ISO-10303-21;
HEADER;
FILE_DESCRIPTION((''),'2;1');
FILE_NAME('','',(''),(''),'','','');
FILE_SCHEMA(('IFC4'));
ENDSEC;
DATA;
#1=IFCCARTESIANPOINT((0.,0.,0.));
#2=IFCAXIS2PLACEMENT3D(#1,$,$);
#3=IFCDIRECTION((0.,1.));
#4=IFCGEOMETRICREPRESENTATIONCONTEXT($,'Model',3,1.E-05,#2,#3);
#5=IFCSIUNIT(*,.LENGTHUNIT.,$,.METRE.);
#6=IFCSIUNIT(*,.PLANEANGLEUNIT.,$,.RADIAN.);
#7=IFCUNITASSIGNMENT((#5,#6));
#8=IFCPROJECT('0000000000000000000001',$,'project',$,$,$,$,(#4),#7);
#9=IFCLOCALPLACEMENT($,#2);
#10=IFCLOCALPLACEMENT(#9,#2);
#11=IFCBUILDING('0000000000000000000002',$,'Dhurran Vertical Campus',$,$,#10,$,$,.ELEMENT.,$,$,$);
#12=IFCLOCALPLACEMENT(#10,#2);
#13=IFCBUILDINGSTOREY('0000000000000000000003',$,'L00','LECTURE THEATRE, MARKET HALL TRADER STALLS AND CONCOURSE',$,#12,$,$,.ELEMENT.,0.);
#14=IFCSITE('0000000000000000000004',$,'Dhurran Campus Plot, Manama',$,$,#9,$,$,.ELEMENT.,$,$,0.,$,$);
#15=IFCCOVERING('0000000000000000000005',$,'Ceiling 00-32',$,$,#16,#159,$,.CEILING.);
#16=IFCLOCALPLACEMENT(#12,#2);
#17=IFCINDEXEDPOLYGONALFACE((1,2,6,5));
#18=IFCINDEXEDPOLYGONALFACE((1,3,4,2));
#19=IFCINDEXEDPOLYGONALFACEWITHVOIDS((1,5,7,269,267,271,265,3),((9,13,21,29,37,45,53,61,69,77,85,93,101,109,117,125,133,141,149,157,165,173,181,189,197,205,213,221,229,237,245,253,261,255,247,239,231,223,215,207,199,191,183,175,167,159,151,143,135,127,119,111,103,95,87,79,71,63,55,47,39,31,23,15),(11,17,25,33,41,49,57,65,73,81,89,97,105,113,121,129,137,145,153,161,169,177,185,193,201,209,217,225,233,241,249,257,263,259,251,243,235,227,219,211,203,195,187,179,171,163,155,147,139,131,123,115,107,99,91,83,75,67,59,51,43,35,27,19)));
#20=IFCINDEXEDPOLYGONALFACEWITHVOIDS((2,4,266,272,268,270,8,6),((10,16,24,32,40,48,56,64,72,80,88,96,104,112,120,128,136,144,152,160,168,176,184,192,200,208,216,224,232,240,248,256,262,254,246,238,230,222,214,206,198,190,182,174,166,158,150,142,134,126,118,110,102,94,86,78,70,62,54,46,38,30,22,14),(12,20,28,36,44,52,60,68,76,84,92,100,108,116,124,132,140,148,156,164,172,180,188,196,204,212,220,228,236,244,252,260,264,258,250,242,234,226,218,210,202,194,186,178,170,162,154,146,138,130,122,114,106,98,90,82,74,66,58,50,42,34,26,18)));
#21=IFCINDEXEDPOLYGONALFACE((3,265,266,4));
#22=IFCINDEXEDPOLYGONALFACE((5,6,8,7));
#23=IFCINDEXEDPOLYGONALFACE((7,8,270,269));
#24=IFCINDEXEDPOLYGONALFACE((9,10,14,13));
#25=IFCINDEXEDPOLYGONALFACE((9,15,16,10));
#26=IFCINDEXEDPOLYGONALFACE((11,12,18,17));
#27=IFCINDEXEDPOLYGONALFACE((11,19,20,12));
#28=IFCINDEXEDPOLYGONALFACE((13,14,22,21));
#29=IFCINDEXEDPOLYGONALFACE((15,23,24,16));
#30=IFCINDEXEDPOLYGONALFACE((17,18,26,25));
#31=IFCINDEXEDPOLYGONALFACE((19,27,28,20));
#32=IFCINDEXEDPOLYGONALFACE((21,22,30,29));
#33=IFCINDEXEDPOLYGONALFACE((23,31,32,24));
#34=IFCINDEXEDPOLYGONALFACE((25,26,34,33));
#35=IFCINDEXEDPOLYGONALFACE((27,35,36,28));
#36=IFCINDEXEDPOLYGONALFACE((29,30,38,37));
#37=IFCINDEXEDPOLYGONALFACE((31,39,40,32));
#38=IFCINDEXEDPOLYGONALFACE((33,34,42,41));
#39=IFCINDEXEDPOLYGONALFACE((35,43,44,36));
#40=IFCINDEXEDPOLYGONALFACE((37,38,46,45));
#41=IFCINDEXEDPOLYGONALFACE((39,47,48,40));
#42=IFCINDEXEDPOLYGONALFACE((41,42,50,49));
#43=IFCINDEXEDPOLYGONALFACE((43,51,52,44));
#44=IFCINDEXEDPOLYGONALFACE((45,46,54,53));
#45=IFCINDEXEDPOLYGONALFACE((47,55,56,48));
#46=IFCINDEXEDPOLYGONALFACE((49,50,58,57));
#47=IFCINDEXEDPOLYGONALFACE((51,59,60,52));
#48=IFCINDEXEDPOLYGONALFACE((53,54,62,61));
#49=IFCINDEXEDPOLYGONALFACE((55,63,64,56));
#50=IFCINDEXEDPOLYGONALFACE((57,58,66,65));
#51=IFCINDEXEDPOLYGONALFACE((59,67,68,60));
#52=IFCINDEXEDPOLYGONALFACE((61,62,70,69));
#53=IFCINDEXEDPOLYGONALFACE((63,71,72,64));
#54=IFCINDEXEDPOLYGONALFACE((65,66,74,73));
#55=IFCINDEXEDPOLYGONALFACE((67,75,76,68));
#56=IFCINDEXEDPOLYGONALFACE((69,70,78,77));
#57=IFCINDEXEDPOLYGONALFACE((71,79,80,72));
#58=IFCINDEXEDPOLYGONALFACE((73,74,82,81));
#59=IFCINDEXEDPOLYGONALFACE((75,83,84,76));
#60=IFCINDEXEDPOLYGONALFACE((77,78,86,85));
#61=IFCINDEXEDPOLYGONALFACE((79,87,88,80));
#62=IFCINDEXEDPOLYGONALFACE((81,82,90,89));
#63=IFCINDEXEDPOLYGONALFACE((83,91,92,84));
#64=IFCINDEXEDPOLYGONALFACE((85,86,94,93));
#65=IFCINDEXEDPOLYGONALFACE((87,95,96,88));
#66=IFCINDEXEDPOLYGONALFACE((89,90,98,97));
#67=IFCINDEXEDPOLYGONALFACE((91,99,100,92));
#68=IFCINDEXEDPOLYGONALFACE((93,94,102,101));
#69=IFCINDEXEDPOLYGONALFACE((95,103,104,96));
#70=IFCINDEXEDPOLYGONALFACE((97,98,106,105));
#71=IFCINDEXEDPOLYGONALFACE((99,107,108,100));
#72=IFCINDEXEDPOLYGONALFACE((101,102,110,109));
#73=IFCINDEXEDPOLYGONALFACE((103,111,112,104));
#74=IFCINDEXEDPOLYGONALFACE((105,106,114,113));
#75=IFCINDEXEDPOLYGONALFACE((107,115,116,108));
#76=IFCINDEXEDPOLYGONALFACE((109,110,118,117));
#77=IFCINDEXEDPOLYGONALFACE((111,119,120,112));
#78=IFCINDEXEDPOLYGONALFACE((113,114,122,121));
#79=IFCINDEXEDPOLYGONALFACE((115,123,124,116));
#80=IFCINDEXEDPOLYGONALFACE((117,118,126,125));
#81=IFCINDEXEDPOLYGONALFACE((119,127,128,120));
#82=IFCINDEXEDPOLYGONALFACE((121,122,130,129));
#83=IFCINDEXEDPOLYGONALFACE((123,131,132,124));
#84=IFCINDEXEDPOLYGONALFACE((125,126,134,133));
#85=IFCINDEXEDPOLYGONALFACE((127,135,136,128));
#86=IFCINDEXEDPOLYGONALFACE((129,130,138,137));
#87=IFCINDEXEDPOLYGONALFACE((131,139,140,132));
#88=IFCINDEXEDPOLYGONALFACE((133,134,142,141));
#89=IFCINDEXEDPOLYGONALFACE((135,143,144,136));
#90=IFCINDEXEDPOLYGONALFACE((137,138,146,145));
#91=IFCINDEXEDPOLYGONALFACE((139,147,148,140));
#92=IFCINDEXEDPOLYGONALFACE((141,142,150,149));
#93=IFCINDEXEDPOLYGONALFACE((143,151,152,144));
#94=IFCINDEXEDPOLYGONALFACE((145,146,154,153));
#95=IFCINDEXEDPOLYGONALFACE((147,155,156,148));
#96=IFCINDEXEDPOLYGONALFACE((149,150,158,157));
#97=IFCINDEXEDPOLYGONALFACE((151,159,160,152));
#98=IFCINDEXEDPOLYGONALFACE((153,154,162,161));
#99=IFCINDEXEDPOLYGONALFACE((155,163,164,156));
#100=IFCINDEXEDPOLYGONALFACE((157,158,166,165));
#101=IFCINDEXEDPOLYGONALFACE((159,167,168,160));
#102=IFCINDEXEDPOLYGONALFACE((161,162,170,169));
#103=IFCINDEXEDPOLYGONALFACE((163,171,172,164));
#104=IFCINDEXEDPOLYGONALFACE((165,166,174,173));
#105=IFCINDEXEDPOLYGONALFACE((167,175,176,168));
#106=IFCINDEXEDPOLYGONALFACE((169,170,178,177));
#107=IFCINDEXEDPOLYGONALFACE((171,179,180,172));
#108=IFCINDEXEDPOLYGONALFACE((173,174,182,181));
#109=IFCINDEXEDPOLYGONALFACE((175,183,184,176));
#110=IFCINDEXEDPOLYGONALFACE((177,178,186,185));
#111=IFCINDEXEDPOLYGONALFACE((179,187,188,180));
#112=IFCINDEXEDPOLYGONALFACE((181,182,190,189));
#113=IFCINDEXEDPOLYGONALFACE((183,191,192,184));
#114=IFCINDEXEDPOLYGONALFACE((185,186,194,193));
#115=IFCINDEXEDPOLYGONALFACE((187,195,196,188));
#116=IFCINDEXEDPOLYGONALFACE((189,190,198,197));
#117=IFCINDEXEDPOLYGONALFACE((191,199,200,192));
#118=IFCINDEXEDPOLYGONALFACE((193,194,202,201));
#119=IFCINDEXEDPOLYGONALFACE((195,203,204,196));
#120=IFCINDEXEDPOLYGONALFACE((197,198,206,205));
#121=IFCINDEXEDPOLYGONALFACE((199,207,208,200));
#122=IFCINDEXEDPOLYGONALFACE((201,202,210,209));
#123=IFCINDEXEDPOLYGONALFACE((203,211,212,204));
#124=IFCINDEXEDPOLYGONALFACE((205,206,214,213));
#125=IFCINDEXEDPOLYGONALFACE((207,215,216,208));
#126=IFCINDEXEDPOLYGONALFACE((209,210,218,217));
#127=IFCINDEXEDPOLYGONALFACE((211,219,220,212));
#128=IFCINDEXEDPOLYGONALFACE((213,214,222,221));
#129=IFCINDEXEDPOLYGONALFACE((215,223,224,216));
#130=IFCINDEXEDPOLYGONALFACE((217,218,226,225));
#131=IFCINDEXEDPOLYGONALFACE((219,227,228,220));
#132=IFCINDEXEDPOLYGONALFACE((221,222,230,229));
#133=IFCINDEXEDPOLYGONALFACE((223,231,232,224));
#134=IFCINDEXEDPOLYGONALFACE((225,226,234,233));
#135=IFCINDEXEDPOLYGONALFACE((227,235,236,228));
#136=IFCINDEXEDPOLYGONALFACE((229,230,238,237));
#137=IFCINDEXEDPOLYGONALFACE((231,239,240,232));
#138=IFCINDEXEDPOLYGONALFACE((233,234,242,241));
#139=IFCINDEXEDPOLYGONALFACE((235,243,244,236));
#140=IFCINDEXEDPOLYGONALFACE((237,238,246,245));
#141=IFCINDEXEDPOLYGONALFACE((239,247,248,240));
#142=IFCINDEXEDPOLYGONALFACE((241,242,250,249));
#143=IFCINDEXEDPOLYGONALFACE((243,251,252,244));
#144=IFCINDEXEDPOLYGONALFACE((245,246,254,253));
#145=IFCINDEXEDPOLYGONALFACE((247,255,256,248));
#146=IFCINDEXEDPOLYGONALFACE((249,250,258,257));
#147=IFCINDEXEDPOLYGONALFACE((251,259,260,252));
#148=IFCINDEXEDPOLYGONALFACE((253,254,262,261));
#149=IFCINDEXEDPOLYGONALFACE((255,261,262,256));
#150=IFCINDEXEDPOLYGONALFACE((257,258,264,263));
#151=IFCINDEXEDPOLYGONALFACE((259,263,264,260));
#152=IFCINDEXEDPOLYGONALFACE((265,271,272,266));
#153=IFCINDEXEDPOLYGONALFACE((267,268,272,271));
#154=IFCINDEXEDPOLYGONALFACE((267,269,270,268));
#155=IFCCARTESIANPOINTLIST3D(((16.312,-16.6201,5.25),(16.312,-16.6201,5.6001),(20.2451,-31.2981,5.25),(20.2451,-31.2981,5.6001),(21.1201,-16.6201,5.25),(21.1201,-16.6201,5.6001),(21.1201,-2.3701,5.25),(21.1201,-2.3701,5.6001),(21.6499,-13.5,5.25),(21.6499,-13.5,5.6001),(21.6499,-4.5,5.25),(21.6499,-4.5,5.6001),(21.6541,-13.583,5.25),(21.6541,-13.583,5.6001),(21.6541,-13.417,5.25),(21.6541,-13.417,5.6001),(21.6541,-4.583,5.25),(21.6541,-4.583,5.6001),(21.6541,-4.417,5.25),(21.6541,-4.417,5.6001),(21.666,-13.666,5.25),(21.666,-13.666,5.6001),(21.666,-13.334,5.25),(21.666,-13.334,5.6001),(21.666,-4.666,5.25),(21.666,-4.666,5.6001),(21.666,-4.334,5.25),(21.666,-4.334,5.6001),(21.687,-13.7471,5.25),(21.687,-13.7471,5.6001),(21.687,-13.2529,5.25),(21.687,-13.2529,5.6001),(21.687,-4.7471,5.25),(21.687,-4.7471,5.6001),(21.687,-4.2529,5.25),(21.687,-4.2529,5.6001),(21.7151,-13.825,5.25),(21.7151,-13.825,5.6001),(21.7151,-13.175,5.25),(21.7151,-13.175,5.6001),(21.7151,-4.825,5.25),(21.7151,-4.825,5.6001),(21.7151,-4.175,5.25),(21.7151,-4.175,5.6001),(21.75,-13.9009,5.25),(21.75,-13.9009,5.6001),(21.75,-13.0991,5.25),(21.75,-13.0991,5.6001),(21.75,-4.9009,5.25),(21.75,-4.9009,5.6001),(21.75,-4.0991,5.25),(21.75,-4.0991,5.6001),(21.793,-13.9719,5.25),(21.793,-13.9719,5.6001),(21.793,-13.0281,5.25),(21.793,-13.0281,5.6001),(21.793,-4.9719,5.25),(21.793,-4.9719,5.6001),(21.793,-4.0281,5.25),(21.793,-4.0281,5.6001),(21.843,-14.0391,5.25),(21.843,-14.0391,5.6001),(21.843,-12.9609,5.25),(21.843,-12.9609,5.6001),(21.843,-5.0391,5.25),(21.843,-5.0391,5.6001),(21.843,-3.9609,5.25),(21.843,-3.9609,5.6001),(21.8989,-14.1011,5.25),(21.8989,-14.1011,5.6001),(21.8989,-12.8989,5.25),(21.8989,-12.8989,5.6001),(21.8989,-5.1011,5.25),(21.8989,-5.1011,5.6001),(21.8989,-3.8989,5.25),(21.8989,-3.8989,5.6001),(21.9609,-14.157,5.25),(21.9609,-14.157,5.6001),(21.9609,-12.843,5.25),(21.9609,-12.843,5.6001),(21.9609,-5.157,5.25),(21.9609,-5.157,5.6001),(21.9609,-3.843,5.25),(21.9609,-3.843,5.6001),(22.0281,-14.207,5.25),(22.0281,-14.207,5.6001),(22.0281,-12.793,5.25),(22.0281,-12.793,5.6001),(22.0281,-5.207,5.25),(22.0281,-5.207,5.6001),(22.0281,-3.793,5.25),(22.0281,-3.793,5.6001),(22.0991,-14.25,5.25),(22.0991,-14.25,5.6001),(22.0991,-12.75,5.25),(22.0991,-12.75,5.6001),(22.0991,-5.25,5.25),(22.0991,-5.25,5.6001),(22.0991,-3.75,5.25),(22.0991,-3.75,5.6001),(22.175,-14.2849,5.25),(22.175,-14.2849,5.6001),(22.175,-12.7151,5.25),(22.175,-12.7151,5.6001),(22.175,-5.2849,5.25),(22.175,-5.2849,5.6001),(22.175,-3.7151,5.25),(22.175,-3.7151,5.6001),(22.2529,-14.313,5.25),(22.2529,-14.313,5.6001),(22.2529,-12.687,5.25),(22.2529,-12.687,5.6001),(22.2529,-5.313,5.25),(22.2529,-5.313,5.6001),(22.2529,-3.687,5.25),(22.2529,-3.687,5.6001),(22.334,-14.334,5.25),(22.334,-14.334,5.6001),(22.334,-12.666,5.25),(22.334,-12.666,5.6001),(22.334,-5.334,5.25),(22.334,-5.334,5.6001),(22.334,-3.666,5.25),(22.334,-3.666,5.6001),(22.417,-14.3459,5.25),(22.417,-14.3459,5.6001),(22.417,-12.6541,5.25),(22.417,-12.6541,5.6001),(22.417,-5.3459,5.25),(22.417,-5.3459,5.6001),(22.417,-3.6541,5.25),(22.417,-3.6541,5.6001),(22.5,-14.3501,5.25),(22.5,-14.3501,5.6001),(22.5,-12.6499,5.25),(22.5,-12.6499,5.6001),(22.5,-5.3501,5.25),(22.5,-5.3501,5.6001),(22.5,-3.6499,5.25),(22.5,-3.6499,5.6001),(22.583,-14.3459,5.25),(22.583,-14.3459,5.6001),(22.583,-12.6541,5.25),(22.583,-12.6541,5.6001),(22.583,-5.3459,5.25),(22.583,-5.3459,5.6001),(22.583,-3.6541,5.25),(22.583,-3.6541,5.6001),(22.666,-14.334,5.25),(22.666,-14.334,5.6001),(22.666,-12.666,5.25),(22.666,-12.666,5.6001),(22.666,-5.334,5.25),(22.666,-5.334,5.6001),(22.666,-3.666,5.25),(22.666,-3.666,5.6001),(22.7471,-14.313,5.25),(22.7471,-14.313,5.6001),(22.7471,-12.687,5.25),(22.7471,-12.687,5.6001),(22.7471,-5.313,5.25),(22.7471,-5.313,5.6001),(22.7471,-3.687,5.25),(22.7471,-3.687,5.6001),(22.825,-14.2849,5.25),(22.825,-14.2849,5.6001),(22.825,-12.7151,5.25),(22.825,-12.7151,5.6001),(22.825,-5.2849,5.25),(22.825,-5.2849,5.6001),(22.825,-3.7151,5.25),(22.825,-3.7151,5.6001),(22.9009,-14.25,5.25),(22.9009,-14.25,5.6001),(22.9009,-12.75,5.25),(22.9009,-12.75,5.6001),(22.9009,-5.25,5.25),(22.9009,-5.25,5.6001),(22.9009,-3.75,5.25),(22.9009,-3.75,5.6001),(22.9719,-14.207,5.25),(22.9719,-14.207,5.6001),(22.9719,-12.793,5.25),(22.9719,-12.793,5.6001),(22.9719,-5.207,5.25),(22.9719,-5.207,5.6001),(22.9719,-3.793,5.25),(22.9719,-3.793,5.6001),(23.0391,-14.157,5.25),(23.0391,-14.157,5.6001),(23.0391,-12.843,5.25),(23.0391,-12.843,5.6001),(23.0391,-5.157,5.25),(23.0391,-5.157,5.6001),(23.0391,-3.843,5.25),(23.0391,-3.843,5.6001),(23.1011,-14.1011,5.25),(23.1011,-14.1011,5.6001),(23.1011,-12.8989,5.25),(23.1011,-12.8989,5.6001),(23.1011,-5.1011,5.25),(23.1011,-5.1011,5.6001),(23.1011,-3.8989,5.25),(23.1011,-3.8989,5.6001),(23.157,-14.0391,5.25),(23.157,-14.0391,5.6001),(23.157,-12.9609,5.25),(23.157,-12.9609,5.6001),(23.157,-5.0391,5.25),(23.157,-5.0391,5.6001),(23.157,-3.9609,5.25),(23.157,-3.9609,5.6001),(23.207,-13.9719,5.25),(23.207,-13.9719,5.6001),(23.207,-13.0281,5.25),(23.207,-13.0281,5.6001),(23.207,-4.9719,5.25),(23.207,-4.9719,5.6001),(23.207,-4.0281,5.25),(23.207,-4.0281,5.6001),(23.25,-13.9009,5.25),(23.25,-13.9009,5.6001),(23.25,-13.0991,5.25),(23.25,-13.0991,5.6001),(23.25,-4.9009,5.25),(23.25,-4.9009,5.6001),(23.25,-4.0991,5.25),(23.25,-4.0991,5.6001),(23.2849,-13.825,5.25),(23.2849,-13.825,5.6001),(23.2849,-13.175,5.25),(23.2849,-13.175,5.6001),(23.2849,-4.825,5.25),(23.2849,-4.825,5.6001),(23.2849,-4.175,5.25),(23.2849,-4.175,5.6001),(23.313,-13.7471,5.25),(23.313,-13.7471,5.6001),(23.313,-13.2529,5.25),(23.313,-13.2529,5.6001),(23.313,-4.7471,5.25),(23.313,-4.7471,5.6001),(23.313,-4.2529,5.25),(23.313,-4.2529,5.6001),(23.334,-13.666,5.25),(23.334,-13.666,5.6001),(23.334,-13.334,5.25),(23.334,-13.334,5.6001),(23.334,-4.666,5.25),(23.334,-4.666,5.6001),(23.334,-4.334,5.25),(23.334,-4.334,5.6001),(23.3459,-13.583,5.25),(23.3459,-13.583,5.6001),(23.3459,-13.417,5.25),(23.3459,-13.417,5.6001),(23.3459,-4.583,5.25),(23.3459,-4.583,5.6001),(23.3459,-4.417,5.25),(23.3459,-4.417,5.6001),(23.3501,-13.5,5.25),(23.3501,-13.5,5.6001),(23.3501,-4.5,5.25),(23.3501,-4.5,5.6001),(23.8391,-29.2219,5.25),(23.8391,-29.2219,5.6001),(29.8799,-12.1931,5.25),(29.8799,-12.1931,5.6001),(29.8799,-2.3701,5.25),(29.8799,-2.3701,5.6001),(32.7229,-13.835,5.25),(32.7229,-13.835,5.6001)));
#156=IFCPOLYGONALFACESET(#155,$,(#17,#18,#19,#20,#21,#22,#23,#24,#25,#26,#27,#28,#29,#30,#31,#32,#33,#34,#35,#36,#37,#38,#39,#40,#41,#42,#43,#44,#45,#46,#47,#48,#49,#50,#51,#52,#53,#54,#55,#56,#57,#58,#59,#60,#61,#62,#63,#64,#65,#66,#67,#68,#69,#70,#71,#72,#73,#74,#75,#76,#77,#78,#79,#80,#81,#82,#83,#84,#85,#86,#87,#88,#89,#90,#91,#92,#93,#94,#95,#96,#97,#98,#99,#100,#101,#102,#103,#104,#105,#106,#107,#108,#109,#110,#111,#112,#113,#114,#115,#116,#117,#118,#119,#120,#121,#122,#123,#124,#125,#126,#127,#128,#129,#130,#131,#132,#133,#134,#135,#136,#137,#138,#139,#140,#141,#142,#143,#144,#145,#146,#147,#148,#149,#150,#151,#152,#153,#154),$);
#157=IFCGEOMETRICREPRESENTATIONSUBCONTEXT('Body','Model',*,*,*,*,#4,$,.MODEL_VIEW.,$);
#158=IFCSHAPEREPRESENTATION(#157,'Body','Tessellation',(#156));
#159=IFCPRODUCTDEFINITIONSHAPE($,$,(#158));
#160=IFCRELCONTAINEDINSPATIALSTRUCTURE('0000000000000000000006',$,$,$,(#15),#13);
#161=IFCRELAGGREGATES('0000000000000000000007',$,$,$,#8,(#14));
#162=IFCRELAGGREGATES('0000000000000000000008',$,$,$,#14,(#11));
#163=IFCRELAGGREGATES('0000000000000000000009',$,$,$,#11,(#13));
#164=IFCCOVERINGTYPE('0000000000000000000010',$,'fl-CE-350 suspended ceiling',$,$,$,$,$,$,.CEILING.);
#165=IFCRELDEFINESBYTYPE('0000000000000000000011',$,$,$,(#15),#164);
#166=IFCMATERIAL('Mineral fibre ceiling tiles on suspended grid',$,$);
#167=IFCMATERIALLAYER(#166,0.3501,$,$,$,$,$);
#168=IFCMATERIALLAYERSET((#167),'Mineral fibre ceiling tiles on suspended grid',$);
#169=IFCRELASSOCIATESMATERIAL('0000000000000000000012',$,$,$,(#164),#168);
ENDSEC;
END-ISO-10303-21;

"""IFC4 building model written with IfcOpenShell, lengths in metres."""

from ifc_helpers import new_model, si_unit, direction, frame, origin, place, context, subcontext, project, spatial, polyline, outline, extrude, material, layer, layer_set, type_object, element, save


model = new_model("IFC4")

# Units and contexts
model_context = context("Model", 3, precision=1e-05, world=origin(), true_north=direction((0.0, 1.0)))
body_context = subcontext(model_context, "Body", "Model", "MODEL_VIEW")
ifc_project = project(units=[si_unit("LENGTHUNIT", "METRE"), si_unit("PLANEANGLEUNIT", "RADIAN")], contexts=[model_context])

# Site, building, storey
site_placement = place(None, origin())
site = spatial("IfcSite", under=ifc_project, at=site_placement, Name="Dhurran Campus Plot, Manama", CompositionType="ELEMENT", RefElevation=0.0)
building_placement = place(site_placement, origin())
building = spatial("IfcBuilding", under=site, at=building_placement, Name="Dhurran Vertical Campus", CompositionType="ELEMENT")
storey_placement = place(building_placement, origin())
storey = spatial("IfcBuildingStorey", under=building, at=storey_placement, Name="L00", Description="LECTURE THEATRE, MARKET HALL TRADER STALLS AND CONCOURSE", CompositionType="ELEMENT", Elevation=0.0)

# Covering
ifc_material_1 = material(Name="Mineral fibre ceiling tiles on suspended grid")
ifc_layer_1 = layer(ifc_material_1, 0.3501)
ifc_layer_set_1 = layer_set([ifc_layer_1], Name="Mineral fibre ceiling tiles on suspended grid")
covering_type = type_object("IfcCoveringType", Name="fl-CE-350 suspended ceiling", PredefinedType="CEILING", material=ifc_layer_set_1)
covering_1_placement = place(storey_placement, frame((0.0, 0.0, 5.25)))
element("IfcCovering", 1, at=covering_1_placement, inside=storey, type_object=covering_type, Name="Ceiling 00-32", PredefinedType="CEILING", context=body_context, shape_type="SweptSolid", body=[
    extrude(outline(polyline([(23.8391, -29.2219), (20.2451, -31.2981), (16.312, -16.6201), (21.1201, -16.6201), (21.1201, -2.3701), (29.8799, -2.3701), (29.8799, -12.1931), (32.7229, -13.835), (23.8391, -29.2219)]), holes=[polyline([(23.2849, -13.175), (23.25, -13.0991), (23.207, -13.0281), (23.157, -12.9609), (23.1011, -12.8989), (23.0391, -12.843), (22.9719, -12.793), (22.9009, -12.75), (22.825, -12.7151), (22.7471, -12.687), (22.666, -12.666), (22.583, -12.6541), (22.5, -12.6499), (22.417, -12.6541), (22.334, -12.666), (22.2529, -12.687), (22.175, -12.7151), (22.0991, -12.75), (22.0281, -12.793), (21.9609, -12.843), (21.8989, -12.8989), (21.843, -12.9609), (21.793, -13.0281), (21.75, -13.0991), (21.7151, -13.175), (21.687, -13.2529), (21.666, -13.334), (21.6541, -13.417), (21.6499, -13.5), (21.6541, -13.583), (21.666, -13.666), (21.687, -13.7471), (21.7151, -13.825), (21.75, -13.9009), (21.793, -13.9719), (21.843, -14.0391), (21.8989, -14.1011), (21.9609, -14.157), (22.0281, -14.207), (22.0991, -14.25), (22.175, -14.2849), (22.2529, -14.313), (22.334, -14.334), (22.417, -14.3459), (22.5, -14.3501), (22.583, -14.3459), (22.666, -14.334), (22.7471, -14.313), (22.825, -14.2849), (22.9009, -14.25), (22.9719, -14.207), (23.0391, -14.157), (23.1011, -14.1011), (23.157, -14.0391), (23.207, -13.9719), (23.25, -13.9009), (23.2849, -13.825), (23.313, -13.7471), (23.334, -13.666), (23.3459, -13.583), (23.3501, -13.5), (23.3459, -13.417), (23.334, -13.334), (23.313, -13.2529), (23.2849, -13.175)]), polyline([(23.313, -4.2529), (23.2849, -4.175), (23.25, -4.0991), (23.207, -4.0281), (23.157, -3.9609), (23.1011, -3.8989), (23.0391, -3.843), (22.9719, -3.793), (22.9009, -3.75), (22.825, -3.7151), (22.7471, -3.687), (22.666, -3.666), (22.583, -3.6541), (22.5, -3.6499), (22.417, -3.6541), (22.334, -3.666), (22.2529, -3.687), (22.175, -3.7151), (22.0991, -3.75), (22.0281, -3.793), (21.9609, -3.843), (21.8989, -3.8989), (21.843, -3.9609), (21.793, -4.0281), (21.75, -4.0991), (21.7151, -4.175), (21.687, -4.2529), (21.666, -4.334), (21.6541, -4.417), (21.6499, -4.5), (21.6541, -4.583), (21.666, -4.666), (21.687, -4.7471), (21.7151, -4.825), (21.75, -4.9009), (21.793, -4.9719), (21.843, -5.0391), (21.8989, -5.1011), (21.9609, -5.157), (22.0281, -5.207), (22.0991, -5.25), (22.175, -5.2849), (22.2529, -5.313), (22.334, -5.334), (22.417, -5.3459), (22.5, -5.3501), (22.583, -5.3459), (22.666, -5.334), (22.7471, -5.313), (22.825, -5.2849), (22.9009, -5.25), (22.9719, -5.207), (23.0391, -5.157), (23.1011, -5.1011), (23.157, -5.0391), (23.207, -4.9719), (23.25, -4.9009), (23.2849, -4.825), (23.313, -4.7471), (23.334, -4.666), (23.3459, -4.583), (23.3501, -4.5), (23.3459, -4.417), (23.334, -4.334), (23.313, -4.2529)])]), origin(), (0.0, 0.0, 1.0), 0.3501),
])

save(model, "model.ifc")
